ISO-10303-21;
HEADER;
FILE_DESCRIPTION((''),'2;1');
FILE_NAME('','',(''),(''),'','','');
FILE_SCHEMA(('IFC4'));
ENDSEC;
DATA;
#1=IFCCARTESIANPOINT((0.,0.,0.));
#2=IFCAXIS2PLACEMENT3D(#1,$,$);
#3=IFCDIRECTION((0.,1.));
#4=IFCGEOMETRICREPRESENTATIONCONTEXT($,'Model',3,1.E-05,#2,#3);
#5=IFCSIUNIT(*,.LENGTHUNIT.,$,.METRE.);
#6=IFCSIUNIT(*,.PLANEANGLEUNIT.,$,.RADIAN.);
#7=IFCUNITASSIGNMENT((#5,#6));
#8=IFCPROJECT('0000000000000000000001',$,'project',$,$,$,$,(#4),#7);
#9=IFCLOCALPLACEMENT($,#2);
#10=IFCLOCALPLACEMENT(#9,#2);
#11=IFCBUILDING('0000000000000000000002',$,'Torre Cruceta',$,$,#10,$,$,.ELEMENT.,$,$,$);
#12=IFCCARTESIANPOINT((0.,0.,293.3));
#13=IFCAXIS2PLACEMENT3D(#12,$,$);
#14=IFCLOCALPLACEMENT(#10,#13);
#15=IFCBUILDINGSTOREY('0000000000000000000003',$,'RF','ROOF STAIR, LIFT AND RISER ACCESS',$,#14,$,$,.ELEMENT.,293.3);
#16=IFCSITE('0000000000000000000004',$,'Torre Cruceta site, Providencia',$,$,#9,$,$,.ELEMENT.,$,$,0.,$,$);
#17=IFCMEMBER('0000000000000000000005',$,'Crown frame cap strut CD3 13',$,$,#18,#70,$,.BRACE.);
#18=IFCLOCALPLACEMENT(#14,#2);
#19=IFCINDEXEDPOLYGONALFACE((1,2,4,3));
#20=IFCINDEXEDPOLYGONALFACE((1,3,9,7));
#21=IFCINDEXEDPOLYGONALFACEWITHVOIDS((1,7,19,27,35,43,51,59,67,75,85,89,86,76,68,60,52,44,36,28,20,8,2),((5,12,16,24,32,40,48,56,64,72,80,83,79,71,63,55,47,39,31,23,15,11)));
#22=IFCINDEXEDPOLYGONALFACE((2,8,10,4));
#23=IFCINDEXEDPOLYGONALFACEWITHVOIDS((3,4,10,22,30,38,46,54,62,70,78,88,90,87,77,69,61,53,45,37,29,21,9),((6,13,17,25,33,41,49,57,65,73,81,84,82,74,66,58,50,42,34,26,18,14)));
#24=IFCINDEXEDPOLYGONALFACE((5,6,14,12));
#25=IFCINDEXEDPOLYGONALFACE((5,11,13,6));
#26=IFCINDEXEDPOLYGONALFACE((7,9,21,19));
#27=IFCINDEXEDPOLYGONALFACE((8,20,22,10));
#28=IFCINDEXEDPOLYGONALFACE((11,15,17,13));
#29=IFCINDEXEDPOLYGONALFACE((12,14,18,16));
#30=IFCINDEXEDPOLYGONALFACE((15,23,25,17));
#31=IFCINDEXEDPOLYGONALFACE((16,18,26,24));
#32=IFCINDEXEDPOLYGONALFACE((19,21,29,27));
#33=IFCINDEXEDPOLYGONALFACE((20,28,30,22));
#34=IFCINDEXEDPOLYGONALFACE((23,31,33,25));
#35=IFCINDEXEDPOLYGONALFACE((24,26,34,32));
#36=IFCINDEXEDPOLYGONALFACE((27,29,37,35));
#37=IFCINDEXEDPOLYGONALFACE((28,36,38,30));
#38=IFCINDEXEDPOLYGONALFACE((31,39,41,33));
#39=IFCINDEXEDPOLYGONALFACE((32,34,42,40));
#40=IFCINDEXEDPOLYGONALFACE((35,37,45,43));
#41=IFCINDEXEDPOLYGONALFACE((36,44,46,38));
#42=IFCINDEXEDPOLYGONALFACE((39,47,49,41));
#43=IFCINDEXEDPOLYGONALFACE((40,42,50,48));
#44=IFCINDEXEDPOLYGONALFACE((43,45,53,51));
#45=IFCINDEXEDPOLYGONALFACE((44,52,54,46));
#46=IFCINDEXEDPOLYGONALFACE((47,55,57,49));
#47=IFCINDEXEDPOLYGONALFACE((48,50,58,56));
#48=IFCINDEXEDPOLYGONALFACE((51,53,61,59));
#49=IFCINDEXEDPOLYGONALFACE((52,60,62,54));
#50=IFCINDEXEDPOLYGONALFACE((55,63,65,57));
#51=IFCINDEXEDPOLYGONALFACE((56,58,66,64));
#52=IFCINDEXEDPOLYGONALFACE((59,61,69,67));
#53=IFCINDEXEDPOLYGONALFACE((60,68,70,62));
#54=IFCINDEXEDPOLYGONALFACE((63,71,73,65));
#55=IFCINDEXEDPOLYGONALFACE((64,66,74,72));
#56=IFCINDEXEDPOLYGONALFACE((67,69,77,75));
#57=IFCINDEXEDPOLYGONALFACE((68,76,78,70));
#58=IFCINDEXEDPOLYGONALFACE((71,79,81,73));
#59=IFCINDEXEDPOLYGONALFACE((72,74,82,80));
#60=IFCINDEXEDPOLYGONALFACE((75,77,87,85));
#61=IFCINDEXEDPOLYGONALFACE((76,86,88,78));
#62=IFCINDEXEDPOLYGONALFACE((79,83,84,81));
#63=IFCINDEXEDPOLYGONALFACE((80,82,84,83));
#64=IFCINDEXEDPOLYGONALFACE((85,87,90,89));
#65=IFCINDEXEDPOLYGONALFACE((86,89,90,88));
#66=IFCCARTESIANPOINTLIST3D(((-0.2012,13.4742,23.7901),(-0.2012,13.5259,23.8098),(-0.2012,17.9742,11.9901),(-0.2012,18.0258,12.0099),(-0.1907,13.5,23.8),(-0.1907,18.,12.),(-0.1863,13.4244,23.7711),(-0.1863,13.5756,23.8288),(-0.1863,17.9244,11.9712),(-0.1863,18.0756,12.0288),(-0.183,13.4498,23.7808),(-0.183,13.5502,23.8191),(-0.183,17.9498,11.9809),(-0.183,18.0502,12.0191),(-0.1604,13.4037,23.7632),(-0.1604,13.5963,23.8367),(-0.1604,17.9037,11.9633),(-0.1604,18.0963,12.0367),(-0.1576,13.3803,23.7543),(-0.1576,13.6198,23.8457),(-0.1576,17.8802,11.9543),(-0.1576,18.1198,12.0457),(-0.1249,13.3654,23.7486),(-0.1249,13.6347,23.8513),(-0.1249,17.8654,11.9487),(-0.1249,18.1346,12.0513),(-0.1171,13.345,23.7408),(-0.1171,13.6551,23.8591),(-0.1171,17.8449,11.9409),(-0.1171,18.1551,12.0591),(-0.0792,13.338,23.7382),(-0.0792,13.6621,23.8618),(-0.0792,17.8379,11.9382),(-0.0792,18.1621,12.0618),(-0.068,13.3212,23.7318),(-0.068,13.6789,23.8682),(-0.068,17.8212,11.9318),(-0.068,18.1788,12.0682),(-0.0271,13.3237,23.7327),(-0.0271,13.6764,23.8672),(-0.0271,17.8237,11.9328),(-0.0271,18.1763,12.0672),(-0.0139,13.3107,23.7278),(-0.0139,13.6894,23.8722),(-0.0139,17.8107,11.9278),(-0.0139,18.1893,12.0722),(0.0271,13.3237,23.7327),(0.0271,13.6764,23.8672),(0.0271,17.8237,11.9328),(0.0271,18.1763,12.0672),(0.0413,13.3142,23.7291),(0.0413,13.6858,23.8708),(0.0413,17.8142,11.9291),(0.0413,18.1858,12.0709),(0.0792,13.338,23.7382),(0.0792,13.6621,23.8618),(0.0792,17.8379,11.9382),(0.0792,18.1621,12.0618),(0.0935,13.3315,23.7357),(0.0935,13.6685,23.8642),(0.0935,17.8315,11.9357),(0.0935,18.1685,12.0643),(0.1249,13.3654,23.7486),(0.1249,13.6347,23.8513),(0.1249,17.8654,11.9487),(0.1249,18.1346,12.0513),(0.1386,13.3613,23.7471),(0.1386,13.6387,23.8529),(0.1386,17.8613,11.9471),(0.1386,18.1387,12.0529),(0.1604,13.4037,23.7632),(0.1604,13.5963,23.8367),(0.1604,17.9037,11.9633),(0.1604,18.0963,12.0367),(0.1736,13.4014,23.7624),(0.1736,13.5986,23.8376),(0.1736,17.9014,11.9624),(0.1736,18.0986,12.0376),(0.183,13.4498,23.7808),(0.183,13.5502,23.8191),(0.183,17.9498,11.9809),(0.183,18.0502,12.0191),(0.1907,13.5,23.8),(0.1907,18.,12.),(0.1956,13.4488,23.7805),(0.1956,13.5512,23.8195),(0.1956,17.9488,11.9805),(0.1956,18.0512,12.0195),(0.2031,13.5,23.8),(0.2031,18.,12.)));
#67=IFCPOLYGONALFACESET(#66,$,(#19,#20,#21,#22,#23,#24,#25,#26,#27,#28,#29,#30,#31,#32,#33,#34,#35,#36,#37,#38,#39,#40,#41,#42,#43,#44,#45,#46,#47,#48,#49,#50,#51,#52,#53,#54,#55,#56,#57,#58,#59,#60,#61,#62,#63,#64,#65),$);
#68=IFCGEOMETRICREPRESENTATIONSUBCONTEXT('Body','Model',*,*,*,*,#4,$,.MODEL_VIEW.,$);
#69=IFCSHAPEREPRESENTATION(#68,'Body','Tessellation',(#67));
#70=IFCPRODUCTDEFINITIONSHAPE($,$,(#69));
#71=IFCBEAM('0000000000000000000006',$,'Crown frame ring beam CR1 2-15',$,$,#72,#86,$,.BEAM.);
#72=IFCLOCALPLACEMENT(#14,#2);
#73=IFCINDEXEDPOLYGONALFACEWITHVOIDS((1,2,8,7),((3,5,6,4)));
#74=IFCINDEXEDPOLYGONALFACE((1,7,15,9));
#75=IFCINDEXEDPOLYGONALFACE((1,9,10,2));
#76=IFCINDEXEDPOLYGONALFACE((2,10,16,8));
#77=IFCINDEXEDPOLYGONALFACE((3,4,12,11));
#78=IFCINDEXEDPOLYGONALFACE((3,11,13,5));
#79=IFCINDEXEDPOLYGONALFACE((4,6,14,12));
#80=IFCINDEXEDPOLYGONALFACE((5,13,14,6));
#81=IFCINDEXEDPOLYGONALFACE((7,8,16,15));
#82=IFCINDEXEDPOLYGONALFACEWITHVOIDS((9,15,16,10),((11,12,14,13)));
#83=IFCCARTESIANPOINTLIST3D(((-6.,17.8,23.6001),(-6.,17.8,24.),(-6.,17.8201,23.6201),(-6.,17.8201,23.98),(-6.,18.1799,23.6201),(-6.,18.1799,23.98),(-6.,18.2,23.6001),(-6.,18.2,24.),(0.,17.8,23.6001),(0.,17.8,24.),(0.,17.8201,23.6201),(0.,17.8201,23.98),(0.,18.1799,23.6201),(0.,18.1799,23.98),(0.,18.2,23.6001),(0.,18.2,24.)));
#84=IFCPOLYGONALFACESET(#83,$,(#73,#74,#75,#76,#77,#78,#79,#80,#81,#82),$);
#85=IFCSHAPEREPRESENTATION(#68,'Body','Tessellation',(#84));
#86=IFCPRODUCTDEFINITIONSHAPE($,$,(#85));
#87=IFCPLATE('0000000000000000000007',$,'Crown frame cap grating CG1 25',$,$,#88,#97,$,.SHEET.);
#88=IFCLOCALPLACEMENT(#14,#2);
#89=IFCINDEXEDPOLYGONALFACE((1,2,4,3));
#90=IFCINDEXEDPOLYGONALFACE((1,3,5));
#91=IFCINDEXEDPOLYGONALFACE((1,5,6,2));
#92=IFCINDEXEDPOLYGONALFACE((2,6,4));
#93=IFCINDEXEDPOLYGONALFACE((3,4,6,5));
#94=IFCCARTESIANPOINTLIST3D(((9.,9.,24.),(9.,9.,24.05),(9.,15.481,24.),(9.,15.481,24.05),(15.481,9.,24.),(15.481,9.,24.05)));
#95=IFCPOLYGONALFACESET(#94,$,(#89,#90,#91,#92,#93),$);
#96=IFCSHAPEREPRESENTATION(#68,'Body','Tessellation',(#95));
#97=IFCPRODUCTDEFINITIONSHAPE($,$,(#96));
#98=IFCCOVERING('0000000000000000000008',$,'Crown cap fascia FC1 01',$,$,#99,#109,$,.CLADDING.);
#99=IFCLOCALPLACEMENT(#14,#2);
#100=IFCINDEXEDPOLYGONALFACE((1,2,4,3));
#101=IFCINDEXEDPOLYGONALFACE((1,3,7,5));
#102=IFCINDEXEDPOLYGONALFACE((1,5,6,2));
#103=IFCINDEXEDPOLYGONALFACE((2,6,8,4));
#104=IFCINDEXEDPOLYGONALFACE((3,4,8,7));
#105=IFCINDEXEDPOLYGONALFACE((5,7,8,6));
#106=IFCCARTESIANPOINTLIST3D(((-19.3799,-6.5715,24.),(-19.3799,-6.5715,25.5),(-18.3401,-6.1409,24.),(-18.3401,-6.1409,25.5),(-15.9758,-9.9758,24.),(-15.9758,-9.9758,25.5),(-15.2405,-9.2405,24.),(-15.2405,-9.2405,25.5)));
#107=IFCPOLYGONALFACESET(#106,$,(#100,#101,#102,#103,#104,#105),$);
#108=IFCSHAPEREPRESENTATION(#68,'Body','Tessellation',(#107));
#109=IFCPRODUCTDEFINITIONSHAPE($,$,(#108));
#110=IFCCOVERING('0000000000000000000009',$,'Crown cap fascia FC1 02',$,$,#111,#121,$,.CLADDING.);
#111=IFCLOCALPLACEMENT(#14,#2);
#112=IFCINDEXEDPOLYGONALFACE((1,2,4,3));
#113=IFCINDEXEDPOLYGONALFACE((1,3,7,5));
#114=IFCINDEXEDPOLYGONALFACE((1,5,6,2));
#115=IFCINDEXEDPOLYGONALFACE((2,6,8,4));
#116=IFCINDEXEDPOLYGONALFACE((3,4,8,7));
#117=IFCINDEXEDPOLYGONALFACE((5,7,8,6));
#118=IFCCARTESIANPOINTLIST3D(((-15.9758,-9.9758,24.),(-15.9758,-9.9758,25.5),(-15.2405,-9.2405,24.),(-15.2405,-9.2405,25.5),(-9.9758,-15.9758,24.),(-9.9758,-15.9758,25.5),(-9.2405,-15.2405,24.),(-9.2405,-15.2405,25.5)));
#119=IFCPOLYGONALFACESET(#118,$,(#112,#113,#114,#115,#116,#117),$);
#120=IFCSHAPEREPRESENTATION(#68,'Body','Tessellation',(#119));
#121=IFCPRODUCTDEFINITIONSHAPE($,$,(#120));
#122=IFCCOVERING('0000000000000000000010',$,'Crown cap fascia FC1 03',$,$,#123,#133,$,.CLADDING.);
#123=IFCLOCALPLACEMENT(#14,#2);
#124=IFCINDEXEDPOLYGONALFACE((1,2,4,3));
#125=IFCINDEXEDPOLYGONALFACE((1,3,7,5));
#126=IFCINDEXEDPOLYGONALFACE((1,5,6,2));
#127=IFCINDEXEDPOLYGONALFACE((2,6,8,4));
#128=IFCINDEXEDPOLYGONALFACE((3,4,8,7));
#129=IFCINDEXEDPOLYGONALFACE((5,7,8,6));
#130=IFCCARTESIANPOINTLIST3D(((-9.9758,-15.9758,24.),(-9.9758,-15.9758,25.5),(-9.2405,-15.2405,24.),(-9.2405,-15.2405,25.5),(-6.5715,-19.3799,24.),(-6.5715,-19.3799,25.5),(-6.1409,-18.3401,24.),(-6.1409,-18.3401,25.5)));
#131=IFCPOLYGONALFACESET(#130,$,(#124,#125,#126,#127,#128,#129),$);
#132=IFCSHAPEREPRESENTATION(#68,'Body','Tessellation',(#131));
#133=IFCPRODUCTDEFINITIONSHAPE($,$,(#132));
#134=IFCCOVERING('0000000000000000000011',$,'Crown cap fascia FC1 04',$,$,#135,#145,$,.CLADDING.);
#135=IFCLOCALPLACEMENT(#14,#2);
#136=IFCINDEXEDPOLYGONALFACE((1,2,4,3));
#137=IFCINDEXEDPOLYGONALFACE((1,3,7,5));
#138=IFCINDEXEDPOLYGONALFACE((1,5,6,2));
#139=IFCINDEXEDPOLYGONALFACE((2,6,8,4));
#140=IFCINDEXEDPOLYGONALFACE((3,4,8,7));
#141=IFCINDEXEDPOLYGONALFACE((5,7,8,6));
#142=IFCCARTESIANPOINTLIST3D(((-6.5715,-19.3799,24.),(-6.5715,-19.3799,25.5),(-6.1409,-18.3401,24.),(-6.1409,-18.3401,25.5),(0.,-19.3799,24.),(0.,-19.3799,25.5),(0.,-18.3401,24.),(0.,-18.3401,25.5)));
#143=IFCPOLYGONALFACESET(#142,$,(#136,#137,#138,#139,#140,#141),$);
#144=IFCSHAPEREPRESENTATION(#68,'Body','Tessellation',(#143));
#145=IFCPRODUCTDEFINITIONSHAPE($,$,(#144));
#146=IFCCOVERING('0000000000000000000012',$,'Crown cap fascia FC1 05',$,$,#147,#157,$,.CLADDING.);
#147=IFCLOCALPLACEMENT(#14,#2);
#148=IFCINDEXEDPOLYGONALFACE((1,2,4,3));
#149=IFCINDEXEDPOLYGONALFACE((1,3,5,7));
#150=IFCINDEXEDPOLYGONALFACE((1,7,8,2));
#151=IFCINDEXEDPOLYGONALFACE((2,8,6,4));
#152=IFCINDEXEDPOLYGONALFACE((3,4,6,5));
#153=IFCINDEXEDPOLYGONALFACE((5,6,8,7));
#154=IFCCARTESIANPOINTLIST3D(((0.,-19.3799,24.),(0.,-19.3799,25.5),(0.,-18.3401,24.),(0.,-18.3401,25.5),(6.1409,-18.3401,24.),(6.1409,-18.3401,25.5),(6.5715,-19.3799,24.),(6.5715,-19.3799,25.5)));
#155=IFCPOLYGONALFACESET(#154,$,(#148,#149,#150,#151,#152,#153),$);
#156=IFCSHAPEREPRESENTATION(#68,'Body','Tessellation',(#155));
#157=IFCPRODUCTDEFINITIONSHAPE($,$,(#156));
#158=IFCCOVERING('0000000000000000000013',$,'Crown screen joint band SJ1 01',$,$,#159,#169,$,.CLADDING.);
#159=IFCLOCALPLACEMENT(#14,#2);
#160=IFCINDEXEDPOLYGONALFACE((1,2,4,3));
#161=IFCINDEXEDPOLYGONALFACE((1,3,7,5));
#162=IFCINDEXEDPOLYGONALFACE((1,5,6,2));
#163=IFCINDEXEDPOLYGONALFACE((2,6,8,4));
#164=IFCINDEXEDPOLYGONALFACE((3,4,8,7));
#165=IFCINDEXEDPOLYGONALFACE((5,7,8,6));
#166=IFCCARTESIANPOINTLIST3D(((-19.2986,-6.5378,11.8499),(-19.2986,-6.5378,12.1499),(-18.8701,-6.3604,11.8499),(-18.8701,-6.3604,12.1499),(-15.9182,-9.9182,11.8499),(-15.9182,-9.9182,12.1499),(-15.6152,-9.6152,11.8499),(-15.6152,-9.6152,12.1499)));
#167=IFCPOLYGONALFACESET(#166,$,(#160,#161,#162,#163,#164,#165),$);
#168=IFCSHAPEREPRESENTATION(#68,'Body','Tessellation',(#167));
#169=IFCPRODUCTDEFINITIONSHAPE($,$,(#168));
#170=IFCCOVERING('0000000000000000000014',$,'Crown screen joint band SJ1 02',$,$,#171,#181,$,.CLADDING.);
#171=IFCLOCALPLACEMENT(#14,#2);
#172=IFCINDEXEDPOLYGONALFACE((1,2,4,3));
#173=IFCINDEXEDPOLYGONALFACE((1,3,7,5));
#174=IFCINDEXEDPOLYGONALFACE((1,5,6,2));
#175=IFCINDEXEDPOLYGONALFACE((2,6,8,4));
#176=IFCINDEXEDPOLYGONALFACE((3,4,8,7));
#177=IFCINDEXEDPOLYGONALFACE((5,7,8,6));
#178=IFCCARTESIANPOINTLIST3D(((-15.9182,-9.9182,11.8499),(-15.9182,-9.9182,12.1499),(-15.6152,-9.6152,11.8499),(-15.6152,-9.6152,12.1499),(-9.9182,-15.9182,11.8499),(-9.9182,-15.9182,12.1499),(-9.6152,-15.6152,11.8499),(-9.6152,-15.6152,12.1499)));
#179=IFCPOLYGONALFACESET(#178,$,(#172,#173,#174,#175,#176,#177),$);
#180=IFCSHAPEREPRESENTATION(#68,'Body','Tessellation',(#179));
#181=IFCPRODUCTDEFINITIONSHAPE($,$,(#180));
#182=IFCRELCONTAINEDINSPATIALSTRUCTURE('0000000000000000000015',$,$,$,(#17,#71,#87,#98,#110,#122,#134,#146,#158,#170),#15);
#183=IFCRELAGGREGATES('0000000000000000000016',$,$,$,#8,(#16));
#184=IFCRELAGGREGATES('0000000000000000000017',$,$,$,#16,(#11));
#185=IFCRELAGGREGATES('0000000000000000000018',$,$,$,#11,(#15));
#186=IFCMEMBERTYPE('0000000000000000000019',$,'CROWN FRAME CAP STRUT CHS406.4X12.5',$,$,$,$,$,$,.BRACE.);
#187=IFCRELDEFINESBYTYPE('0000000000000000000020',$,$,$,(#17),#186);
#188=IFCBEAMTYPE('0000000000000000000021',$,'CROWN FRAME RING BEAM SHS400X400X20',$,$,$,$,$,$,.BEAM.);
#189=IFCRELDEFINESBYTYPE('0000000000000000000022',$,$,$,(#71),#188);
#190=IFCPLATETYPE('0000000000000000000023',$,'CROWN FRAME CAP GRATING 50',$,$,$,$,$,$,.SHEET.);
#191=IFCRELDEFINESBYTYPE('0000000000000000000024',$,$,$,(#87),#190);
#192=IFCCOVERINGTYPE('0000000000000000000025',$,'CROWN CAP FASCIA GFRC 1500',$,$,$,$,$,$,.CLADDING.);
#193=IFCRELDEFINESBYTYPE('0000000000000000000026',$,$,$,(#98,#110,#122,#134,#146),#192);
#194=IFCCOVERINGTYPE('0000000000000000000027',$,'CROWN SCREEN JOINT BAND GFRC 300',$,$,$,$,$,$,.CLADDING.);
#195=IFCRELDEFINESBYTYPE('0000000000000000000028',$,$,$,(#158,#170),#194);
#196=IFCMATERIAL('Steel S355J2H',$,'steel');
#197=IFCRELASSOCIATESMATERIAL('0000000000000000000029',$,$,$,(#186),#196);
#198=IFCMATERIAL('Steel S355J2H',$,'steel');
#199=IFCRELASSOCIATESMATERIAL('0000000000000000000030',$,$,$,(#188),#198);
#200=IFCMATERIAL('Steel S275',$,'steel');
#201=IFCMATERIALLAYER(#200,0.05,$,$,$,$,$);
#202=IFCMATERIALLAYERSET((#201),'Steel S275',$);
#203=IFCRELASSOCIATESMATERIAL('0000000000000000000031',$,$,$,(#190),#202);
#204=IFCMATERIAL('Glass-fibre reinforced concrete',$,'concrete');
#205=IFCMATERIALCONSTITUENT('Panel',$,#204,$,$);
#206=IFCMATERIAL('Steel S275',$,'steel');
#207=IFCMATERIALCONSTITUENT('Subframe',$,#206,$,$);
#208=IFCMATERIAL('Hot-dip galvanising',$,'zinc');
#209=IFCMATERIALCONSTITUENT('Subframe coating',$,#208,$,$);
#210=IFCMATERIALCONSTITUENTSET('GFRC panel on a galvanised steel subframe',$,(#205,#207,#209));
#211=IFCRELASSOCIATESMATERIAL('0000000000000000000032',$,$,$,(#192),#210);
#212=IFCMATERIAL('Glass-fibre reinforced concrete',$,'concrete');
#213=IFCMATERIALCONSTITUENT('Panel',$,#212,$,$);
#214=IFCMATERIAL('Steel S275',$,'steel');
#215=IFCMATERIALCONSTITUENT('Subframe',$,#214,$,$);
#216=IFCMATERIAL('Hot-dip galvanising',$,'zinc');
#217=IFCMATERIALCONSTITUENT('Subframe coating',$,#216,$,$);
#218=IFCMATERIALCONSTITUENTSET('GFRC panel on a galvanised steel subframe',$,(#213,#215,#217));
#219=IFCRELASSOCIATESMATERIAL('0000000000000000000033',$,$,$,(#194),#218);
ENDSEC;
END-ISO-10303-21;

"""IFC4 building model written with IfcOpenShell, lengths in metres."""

from ifc_helpers import new_model, si_unit, direction, frame, origin, origin_2d, place, context, subcontext, project, spatial, polyline, hollow_rectangle, hollow_circle, outline, extrude, material, layer, layer_set, constituent, constituent_set, material_profile, profile_set, type_object, element, save


model = new_model("IFC4")

# Units and contexts
model_context = context("Model", 3, precision=1e-05, world=origin(), true_north=direction((0.0, 1.0)))
body_context = subcontext(model_context, "Body", "Model", "MODEL_VIEW")
ifc_project = project(units=[si_unit("LENGTHUNIT", "METRE"), si_unit("PLANEANGLEUNIT", "RADIAN")], contexts=[model_context])

# Site, building, storey
site_placement = place(None, origin())
site = spatial("IfcSite", under=ifc_project, at=site_placement, Name="Torre Cruceta site, Providencia", CompositionType="ELEMENT", RefElevation=0.0)
building_placement = place(site_placement, origin())
building = spatial("IfcBuilding", under=site, at=building_placement, Name="Torre Cruceta", CompositionType="ELEMENT")
storey_placement = place(building_placement, frame((0.0, 0.0, 293.3)))
storey = spatial("IfcBuildingStorey", under=building, at=storey_placement, Name="RF", Description="ROOF STAIR, LIFT AND RISER ACCESS", CompositionType="ELEMENT", Elevation=293.3)

# Member
ifc_material_1 = material(Name="Steel S355J2H", Category="steel")
ifc_material_profile_1 = material_profile(ifc_material_1, hollow_circle(Radius=0.2031, WallThickness=0.0125, at=origin_2d()), Name="CHS406.4X12.5")
ifc_profile_set_1 = profile_set([ifc_material_profile_1], Name="Steel S355J2H")
member_type = type_object("IfcMemberType", Name="CROWN FRAME CAP STRUT CHS406.4X12.5", PredefinedType="BRACE", material=ifc_profile_set_1)
member_placement = place(storey_placement, frame((0.0, 18.0, 12.0), z_axis=(0.0, -0.356323, 0.934363), x_axis=(1.0, 0.0, 0.0)))
element("IfcMember", 1, at=member_placement, inside=storey, type_object=member_type, Name="Crown frame cap strut CD3 13", PredefinedType="BRACE", context=body_context, shape_type="SweptSolid", body=[
    extrude(hollow_circle(Radius=0.2031, WallThickness=0.0125, at=origin_2d()), origin(), (0.0, 0.0, 1.0), 12.6289),
])

# Beam
ifc_material_2 = material(Name="Steel S355J2H", Category="steel")
ifc_material_profile_2 = material_profile(ifc_material_2, hollow_rectangle(XDim=0.3999, YDim=0.3999, WallThickness=0.02, at=origin_2d()), Name="SHS400X400X20")
ifc_profile_set_2 = profile_set([ifc_material_profile_2], Name="Steel S355J2H")
beam_type = type_object("IfcBeamType", Name="CROWN FRAME RING BEAM SHS400X400X20", PredefinedType="BEAM", material=ifc_profile_set_2)
beam_placement = place(storey_placement, frame((0.0, 18.0, 23.8), z_axis=(-1.0, 0.0, 0.0), x_axis=(0.0, -1.0, 0.0)))
element("IfcBeam", 2, at=beam_placement, inside=storey, type_object=beam_type, Name="Crown frame ring beam CR1 2-15", PredefinedType="BEAM", context=body_context, shape_type="SweptSolid", body=[
    extrude(hollow_rectangle(XDim=0.3999, YDim=0.3999, WallThickness=0.02, at=origin_2d()), origin(), (0.0, 0.0, 1.0), 6.0),
])

# Plate
ifc_material_3 = material(Name="Steel S275", Category="steel")
ifc_layer_1 = layer(ifc_material_3, 0.05)
ifc_layer_set_1 = layer_set([ifc_layer_1], Name="Steel S275")
plate_type = type_object("IfcPlateType", Name="CROWN FRAME CAP GRATING 50", PredefinedType="SHEET", material=ifc_layer_set_1)
plate_placement = place(storey_placement, frame((0.0, 0.0, 24.0)))
element("IfcPlate", 3, at=plate_placement, inside=storey, type_object=plate_type, Name="Crown frame cap grating CG1 25", PredefinedType="SHEET", context=body_context, shape_type="SweptSolid", body=[
    extrude(outline(polyline([(9.0, 15.481), (9.0, 9.0), (15.481, 9.0), (9.0, 15.481)])), origin(), (0.0, 0.0, 1.0), 0.05),
])

# Coverings
ifc_material_4 = material(Name="Glass-fibre reinforced concrete", Category="concrete")
ifc_constituent_1 = constituent(ifc_material_4, Name="Panel")
ifc_material_5 = material(Name="Steel S275", Category="steel")
ifc_constituent_2 = constituent(ifc_material_5, Name="Subframe")
ifc_material_6 = material(Name="Hot-dip galvanising", Category="zinc")
ifc_constituent_3 = constituent(ifc_material_6, Name="Subframe coating")
ifc_constituent_set_1 = constituent_set(constituents=[ifc_constituent_1, ifc_constituent_2, ifc_constituent_3], Name="GFRC panel on a galvanised steel subframe")
covering_type_1 = type_object("IfcCoveringType", Name="CROWN CAP FASCIA GFRC 1500", PredefinedType="CLADDING", material=ifc_constituent_set_1)
covering_1_placement = place(storey_placement, frame((0.0, 0.0, 24.0)))
element("IfcCovering", 4, at=covering_1_placement, inside=storey, type_object=covering_type_1, Name="Crown cap fascia FC1 01", PredefinedType="CLADDING", context=body_context, shape_type="SweptSolid", body=[
    extrude(outline(polyline([(-19.3799, -6.5715), (-15.9758, -9.9758), (-15.2405, -9.2405), (-18.3401, -6.1409), (-19.3799, -6.5715)])), origin(), (0.0, 0.0, 1.0), 1.5),
])
covering_2_placement = place(storey_placement, frame((0.0, 0.0, 24.0)))
element("IfcCovering", 5, at=covering_2_placement, inside=storey, type_object=covering_type_1, Name="Crown cap fascia FC1 02", PredefinedType="CLADDING", context=body_context, shape_type="SweptSolid", body=[
    extrude(outline(polyline([(-15.9758, -9.9758), (-9.9758, -15.9758), (-9.2405, -15.2405), (-15.2405, -9.2405), (-15.9758, -9.9758)])), origin(), (0.0, 0.0, 1.0), 1.5),
])
covering_3_placement = place(storey_placement, frame((0.0, 0.0, 24.0)))
element("IfcCovering", 6, at=covering_3_placement, inside=storey, type_object=covering_type_1, Name="Crown cap fascia FC1 03", PredefinedType="CLADDING", context=body_context, shape_type="SweptSolid", body=[
    extrude(outline(polyline([(-9.9758, -15.9758), (-6.5715, -19.3799), (-6.1409, -18.3401), (-9.2405, -15.2405), (-9.9758, -15.9758)])), origin(), (0.0, 0.0, 1.0), 1.5),
])
covering_4_placement = place(storey_placement, frame((0.0, 0.0, 24.0)))
element("IfcCovering", 7, at=covering_4_placement, inside=storey, type_object=covering_type_1, Name="Crown cap fascia FC1 04", PredefinedType="CLADDING", context=body_context, shape_type="SweptSolid", body=[
    extrude(outline(polyline([(-6.5715, -19.3799), (0.0, -19.3799), (0.0, -18.3401), (-6.1409, -18.3401), (-6.5715, -19.3799)])), origin(), (0.0, 0.0, 1.0), 1.5),
])
covering_5_placement = place(storey_placement, frame((0.0, 0.0, 24.0)))
element("IfcCovering", 8, at=covering_5_placement, inside=storey, type_object=covering_type_1, Name="Crown cap fascia FC1 05", PredefinedType="CLADDING", context=body_context, shape_type="SweptSolid", body=[
    extrude(outline(polyline([(0.0, -19.3799), (6.5715, -19.3799), (6.1409, -18.3401), (0.0, -18.3401), (0.0, -19.3799)])), origin(), (0.0, 0.0, 1.0), 1.5),
])
ifc_material_7 = material(Name="Glass-fibre reinforced concrete", Category="concrete")
ifc_constituent_4 = constituent(ifc_material_7, Name="Panel")
ifc_material_8 = material(Name="Steel S275", Category="steel")
ifc_constituent_5 = constituent(ifc_material_8, Name="Subframe")
ifc_material_9 = material(Name="Hot-dip galvanising", Category="zinc")
ifc_constituent_6 = constituent(ifc_material_9, Name="Subframe coating")
ifc_constituent_set_2 = constituent_set(constituents=[ifc_constituent_4, ifc_constituent_5, ifc_constituent_6], Name="GFRC panel on a galvanised steel subframe")
covering_type_2 = type_object("IfcCoveringType", Name="CROWN SCREEN JOINT BAND GFRC 300", PredefinedType="CLADDING", material=ifc_constituent_set_2)
covering_6_placement = place(storey_placement, frame((0.0, 0.0, 11.8499)))
element("IfcCovering", 9, at=covering_6_placement, inside=storey, type_object=covering_type_2, Name="Crown screen joint band SJ1 01", PredefinedType="CLADDING", context=body_context, shape_type="SweptSolid", body=[
    extrude(outline(polyline([(-19.2986, -6.5378), (-15.9182, -9.9182), (-15.6152, -9.6152), (-18.8701, -6.3604), (-19.2986, -6.5378)])), origin(), (0.0, 0.0, 1.0), 0.3),
])
covering_7_placement = place(storey_placement, frame((0.0, 0.0, 11.8499)))
element("IfcCovering", 10, at=covering_7_placement, inside=storey, type_object=covering_type_2, Name="Crown screen joint band SJ1 02", PredefinedType="CLADDING", context=body_context, shape_type="SweptSolid", body=[
    extrude(outline(polyline([(-15.9182, -9.9182), (-9.9182, -15.9182), (-9.6152, -15.6152), (-15.6152, -9.6152), (-15.9182, -9.9182)])), origin(), (0.0, 0.0, 1.0), 0.3),
])

save(model, "model.ifc")
